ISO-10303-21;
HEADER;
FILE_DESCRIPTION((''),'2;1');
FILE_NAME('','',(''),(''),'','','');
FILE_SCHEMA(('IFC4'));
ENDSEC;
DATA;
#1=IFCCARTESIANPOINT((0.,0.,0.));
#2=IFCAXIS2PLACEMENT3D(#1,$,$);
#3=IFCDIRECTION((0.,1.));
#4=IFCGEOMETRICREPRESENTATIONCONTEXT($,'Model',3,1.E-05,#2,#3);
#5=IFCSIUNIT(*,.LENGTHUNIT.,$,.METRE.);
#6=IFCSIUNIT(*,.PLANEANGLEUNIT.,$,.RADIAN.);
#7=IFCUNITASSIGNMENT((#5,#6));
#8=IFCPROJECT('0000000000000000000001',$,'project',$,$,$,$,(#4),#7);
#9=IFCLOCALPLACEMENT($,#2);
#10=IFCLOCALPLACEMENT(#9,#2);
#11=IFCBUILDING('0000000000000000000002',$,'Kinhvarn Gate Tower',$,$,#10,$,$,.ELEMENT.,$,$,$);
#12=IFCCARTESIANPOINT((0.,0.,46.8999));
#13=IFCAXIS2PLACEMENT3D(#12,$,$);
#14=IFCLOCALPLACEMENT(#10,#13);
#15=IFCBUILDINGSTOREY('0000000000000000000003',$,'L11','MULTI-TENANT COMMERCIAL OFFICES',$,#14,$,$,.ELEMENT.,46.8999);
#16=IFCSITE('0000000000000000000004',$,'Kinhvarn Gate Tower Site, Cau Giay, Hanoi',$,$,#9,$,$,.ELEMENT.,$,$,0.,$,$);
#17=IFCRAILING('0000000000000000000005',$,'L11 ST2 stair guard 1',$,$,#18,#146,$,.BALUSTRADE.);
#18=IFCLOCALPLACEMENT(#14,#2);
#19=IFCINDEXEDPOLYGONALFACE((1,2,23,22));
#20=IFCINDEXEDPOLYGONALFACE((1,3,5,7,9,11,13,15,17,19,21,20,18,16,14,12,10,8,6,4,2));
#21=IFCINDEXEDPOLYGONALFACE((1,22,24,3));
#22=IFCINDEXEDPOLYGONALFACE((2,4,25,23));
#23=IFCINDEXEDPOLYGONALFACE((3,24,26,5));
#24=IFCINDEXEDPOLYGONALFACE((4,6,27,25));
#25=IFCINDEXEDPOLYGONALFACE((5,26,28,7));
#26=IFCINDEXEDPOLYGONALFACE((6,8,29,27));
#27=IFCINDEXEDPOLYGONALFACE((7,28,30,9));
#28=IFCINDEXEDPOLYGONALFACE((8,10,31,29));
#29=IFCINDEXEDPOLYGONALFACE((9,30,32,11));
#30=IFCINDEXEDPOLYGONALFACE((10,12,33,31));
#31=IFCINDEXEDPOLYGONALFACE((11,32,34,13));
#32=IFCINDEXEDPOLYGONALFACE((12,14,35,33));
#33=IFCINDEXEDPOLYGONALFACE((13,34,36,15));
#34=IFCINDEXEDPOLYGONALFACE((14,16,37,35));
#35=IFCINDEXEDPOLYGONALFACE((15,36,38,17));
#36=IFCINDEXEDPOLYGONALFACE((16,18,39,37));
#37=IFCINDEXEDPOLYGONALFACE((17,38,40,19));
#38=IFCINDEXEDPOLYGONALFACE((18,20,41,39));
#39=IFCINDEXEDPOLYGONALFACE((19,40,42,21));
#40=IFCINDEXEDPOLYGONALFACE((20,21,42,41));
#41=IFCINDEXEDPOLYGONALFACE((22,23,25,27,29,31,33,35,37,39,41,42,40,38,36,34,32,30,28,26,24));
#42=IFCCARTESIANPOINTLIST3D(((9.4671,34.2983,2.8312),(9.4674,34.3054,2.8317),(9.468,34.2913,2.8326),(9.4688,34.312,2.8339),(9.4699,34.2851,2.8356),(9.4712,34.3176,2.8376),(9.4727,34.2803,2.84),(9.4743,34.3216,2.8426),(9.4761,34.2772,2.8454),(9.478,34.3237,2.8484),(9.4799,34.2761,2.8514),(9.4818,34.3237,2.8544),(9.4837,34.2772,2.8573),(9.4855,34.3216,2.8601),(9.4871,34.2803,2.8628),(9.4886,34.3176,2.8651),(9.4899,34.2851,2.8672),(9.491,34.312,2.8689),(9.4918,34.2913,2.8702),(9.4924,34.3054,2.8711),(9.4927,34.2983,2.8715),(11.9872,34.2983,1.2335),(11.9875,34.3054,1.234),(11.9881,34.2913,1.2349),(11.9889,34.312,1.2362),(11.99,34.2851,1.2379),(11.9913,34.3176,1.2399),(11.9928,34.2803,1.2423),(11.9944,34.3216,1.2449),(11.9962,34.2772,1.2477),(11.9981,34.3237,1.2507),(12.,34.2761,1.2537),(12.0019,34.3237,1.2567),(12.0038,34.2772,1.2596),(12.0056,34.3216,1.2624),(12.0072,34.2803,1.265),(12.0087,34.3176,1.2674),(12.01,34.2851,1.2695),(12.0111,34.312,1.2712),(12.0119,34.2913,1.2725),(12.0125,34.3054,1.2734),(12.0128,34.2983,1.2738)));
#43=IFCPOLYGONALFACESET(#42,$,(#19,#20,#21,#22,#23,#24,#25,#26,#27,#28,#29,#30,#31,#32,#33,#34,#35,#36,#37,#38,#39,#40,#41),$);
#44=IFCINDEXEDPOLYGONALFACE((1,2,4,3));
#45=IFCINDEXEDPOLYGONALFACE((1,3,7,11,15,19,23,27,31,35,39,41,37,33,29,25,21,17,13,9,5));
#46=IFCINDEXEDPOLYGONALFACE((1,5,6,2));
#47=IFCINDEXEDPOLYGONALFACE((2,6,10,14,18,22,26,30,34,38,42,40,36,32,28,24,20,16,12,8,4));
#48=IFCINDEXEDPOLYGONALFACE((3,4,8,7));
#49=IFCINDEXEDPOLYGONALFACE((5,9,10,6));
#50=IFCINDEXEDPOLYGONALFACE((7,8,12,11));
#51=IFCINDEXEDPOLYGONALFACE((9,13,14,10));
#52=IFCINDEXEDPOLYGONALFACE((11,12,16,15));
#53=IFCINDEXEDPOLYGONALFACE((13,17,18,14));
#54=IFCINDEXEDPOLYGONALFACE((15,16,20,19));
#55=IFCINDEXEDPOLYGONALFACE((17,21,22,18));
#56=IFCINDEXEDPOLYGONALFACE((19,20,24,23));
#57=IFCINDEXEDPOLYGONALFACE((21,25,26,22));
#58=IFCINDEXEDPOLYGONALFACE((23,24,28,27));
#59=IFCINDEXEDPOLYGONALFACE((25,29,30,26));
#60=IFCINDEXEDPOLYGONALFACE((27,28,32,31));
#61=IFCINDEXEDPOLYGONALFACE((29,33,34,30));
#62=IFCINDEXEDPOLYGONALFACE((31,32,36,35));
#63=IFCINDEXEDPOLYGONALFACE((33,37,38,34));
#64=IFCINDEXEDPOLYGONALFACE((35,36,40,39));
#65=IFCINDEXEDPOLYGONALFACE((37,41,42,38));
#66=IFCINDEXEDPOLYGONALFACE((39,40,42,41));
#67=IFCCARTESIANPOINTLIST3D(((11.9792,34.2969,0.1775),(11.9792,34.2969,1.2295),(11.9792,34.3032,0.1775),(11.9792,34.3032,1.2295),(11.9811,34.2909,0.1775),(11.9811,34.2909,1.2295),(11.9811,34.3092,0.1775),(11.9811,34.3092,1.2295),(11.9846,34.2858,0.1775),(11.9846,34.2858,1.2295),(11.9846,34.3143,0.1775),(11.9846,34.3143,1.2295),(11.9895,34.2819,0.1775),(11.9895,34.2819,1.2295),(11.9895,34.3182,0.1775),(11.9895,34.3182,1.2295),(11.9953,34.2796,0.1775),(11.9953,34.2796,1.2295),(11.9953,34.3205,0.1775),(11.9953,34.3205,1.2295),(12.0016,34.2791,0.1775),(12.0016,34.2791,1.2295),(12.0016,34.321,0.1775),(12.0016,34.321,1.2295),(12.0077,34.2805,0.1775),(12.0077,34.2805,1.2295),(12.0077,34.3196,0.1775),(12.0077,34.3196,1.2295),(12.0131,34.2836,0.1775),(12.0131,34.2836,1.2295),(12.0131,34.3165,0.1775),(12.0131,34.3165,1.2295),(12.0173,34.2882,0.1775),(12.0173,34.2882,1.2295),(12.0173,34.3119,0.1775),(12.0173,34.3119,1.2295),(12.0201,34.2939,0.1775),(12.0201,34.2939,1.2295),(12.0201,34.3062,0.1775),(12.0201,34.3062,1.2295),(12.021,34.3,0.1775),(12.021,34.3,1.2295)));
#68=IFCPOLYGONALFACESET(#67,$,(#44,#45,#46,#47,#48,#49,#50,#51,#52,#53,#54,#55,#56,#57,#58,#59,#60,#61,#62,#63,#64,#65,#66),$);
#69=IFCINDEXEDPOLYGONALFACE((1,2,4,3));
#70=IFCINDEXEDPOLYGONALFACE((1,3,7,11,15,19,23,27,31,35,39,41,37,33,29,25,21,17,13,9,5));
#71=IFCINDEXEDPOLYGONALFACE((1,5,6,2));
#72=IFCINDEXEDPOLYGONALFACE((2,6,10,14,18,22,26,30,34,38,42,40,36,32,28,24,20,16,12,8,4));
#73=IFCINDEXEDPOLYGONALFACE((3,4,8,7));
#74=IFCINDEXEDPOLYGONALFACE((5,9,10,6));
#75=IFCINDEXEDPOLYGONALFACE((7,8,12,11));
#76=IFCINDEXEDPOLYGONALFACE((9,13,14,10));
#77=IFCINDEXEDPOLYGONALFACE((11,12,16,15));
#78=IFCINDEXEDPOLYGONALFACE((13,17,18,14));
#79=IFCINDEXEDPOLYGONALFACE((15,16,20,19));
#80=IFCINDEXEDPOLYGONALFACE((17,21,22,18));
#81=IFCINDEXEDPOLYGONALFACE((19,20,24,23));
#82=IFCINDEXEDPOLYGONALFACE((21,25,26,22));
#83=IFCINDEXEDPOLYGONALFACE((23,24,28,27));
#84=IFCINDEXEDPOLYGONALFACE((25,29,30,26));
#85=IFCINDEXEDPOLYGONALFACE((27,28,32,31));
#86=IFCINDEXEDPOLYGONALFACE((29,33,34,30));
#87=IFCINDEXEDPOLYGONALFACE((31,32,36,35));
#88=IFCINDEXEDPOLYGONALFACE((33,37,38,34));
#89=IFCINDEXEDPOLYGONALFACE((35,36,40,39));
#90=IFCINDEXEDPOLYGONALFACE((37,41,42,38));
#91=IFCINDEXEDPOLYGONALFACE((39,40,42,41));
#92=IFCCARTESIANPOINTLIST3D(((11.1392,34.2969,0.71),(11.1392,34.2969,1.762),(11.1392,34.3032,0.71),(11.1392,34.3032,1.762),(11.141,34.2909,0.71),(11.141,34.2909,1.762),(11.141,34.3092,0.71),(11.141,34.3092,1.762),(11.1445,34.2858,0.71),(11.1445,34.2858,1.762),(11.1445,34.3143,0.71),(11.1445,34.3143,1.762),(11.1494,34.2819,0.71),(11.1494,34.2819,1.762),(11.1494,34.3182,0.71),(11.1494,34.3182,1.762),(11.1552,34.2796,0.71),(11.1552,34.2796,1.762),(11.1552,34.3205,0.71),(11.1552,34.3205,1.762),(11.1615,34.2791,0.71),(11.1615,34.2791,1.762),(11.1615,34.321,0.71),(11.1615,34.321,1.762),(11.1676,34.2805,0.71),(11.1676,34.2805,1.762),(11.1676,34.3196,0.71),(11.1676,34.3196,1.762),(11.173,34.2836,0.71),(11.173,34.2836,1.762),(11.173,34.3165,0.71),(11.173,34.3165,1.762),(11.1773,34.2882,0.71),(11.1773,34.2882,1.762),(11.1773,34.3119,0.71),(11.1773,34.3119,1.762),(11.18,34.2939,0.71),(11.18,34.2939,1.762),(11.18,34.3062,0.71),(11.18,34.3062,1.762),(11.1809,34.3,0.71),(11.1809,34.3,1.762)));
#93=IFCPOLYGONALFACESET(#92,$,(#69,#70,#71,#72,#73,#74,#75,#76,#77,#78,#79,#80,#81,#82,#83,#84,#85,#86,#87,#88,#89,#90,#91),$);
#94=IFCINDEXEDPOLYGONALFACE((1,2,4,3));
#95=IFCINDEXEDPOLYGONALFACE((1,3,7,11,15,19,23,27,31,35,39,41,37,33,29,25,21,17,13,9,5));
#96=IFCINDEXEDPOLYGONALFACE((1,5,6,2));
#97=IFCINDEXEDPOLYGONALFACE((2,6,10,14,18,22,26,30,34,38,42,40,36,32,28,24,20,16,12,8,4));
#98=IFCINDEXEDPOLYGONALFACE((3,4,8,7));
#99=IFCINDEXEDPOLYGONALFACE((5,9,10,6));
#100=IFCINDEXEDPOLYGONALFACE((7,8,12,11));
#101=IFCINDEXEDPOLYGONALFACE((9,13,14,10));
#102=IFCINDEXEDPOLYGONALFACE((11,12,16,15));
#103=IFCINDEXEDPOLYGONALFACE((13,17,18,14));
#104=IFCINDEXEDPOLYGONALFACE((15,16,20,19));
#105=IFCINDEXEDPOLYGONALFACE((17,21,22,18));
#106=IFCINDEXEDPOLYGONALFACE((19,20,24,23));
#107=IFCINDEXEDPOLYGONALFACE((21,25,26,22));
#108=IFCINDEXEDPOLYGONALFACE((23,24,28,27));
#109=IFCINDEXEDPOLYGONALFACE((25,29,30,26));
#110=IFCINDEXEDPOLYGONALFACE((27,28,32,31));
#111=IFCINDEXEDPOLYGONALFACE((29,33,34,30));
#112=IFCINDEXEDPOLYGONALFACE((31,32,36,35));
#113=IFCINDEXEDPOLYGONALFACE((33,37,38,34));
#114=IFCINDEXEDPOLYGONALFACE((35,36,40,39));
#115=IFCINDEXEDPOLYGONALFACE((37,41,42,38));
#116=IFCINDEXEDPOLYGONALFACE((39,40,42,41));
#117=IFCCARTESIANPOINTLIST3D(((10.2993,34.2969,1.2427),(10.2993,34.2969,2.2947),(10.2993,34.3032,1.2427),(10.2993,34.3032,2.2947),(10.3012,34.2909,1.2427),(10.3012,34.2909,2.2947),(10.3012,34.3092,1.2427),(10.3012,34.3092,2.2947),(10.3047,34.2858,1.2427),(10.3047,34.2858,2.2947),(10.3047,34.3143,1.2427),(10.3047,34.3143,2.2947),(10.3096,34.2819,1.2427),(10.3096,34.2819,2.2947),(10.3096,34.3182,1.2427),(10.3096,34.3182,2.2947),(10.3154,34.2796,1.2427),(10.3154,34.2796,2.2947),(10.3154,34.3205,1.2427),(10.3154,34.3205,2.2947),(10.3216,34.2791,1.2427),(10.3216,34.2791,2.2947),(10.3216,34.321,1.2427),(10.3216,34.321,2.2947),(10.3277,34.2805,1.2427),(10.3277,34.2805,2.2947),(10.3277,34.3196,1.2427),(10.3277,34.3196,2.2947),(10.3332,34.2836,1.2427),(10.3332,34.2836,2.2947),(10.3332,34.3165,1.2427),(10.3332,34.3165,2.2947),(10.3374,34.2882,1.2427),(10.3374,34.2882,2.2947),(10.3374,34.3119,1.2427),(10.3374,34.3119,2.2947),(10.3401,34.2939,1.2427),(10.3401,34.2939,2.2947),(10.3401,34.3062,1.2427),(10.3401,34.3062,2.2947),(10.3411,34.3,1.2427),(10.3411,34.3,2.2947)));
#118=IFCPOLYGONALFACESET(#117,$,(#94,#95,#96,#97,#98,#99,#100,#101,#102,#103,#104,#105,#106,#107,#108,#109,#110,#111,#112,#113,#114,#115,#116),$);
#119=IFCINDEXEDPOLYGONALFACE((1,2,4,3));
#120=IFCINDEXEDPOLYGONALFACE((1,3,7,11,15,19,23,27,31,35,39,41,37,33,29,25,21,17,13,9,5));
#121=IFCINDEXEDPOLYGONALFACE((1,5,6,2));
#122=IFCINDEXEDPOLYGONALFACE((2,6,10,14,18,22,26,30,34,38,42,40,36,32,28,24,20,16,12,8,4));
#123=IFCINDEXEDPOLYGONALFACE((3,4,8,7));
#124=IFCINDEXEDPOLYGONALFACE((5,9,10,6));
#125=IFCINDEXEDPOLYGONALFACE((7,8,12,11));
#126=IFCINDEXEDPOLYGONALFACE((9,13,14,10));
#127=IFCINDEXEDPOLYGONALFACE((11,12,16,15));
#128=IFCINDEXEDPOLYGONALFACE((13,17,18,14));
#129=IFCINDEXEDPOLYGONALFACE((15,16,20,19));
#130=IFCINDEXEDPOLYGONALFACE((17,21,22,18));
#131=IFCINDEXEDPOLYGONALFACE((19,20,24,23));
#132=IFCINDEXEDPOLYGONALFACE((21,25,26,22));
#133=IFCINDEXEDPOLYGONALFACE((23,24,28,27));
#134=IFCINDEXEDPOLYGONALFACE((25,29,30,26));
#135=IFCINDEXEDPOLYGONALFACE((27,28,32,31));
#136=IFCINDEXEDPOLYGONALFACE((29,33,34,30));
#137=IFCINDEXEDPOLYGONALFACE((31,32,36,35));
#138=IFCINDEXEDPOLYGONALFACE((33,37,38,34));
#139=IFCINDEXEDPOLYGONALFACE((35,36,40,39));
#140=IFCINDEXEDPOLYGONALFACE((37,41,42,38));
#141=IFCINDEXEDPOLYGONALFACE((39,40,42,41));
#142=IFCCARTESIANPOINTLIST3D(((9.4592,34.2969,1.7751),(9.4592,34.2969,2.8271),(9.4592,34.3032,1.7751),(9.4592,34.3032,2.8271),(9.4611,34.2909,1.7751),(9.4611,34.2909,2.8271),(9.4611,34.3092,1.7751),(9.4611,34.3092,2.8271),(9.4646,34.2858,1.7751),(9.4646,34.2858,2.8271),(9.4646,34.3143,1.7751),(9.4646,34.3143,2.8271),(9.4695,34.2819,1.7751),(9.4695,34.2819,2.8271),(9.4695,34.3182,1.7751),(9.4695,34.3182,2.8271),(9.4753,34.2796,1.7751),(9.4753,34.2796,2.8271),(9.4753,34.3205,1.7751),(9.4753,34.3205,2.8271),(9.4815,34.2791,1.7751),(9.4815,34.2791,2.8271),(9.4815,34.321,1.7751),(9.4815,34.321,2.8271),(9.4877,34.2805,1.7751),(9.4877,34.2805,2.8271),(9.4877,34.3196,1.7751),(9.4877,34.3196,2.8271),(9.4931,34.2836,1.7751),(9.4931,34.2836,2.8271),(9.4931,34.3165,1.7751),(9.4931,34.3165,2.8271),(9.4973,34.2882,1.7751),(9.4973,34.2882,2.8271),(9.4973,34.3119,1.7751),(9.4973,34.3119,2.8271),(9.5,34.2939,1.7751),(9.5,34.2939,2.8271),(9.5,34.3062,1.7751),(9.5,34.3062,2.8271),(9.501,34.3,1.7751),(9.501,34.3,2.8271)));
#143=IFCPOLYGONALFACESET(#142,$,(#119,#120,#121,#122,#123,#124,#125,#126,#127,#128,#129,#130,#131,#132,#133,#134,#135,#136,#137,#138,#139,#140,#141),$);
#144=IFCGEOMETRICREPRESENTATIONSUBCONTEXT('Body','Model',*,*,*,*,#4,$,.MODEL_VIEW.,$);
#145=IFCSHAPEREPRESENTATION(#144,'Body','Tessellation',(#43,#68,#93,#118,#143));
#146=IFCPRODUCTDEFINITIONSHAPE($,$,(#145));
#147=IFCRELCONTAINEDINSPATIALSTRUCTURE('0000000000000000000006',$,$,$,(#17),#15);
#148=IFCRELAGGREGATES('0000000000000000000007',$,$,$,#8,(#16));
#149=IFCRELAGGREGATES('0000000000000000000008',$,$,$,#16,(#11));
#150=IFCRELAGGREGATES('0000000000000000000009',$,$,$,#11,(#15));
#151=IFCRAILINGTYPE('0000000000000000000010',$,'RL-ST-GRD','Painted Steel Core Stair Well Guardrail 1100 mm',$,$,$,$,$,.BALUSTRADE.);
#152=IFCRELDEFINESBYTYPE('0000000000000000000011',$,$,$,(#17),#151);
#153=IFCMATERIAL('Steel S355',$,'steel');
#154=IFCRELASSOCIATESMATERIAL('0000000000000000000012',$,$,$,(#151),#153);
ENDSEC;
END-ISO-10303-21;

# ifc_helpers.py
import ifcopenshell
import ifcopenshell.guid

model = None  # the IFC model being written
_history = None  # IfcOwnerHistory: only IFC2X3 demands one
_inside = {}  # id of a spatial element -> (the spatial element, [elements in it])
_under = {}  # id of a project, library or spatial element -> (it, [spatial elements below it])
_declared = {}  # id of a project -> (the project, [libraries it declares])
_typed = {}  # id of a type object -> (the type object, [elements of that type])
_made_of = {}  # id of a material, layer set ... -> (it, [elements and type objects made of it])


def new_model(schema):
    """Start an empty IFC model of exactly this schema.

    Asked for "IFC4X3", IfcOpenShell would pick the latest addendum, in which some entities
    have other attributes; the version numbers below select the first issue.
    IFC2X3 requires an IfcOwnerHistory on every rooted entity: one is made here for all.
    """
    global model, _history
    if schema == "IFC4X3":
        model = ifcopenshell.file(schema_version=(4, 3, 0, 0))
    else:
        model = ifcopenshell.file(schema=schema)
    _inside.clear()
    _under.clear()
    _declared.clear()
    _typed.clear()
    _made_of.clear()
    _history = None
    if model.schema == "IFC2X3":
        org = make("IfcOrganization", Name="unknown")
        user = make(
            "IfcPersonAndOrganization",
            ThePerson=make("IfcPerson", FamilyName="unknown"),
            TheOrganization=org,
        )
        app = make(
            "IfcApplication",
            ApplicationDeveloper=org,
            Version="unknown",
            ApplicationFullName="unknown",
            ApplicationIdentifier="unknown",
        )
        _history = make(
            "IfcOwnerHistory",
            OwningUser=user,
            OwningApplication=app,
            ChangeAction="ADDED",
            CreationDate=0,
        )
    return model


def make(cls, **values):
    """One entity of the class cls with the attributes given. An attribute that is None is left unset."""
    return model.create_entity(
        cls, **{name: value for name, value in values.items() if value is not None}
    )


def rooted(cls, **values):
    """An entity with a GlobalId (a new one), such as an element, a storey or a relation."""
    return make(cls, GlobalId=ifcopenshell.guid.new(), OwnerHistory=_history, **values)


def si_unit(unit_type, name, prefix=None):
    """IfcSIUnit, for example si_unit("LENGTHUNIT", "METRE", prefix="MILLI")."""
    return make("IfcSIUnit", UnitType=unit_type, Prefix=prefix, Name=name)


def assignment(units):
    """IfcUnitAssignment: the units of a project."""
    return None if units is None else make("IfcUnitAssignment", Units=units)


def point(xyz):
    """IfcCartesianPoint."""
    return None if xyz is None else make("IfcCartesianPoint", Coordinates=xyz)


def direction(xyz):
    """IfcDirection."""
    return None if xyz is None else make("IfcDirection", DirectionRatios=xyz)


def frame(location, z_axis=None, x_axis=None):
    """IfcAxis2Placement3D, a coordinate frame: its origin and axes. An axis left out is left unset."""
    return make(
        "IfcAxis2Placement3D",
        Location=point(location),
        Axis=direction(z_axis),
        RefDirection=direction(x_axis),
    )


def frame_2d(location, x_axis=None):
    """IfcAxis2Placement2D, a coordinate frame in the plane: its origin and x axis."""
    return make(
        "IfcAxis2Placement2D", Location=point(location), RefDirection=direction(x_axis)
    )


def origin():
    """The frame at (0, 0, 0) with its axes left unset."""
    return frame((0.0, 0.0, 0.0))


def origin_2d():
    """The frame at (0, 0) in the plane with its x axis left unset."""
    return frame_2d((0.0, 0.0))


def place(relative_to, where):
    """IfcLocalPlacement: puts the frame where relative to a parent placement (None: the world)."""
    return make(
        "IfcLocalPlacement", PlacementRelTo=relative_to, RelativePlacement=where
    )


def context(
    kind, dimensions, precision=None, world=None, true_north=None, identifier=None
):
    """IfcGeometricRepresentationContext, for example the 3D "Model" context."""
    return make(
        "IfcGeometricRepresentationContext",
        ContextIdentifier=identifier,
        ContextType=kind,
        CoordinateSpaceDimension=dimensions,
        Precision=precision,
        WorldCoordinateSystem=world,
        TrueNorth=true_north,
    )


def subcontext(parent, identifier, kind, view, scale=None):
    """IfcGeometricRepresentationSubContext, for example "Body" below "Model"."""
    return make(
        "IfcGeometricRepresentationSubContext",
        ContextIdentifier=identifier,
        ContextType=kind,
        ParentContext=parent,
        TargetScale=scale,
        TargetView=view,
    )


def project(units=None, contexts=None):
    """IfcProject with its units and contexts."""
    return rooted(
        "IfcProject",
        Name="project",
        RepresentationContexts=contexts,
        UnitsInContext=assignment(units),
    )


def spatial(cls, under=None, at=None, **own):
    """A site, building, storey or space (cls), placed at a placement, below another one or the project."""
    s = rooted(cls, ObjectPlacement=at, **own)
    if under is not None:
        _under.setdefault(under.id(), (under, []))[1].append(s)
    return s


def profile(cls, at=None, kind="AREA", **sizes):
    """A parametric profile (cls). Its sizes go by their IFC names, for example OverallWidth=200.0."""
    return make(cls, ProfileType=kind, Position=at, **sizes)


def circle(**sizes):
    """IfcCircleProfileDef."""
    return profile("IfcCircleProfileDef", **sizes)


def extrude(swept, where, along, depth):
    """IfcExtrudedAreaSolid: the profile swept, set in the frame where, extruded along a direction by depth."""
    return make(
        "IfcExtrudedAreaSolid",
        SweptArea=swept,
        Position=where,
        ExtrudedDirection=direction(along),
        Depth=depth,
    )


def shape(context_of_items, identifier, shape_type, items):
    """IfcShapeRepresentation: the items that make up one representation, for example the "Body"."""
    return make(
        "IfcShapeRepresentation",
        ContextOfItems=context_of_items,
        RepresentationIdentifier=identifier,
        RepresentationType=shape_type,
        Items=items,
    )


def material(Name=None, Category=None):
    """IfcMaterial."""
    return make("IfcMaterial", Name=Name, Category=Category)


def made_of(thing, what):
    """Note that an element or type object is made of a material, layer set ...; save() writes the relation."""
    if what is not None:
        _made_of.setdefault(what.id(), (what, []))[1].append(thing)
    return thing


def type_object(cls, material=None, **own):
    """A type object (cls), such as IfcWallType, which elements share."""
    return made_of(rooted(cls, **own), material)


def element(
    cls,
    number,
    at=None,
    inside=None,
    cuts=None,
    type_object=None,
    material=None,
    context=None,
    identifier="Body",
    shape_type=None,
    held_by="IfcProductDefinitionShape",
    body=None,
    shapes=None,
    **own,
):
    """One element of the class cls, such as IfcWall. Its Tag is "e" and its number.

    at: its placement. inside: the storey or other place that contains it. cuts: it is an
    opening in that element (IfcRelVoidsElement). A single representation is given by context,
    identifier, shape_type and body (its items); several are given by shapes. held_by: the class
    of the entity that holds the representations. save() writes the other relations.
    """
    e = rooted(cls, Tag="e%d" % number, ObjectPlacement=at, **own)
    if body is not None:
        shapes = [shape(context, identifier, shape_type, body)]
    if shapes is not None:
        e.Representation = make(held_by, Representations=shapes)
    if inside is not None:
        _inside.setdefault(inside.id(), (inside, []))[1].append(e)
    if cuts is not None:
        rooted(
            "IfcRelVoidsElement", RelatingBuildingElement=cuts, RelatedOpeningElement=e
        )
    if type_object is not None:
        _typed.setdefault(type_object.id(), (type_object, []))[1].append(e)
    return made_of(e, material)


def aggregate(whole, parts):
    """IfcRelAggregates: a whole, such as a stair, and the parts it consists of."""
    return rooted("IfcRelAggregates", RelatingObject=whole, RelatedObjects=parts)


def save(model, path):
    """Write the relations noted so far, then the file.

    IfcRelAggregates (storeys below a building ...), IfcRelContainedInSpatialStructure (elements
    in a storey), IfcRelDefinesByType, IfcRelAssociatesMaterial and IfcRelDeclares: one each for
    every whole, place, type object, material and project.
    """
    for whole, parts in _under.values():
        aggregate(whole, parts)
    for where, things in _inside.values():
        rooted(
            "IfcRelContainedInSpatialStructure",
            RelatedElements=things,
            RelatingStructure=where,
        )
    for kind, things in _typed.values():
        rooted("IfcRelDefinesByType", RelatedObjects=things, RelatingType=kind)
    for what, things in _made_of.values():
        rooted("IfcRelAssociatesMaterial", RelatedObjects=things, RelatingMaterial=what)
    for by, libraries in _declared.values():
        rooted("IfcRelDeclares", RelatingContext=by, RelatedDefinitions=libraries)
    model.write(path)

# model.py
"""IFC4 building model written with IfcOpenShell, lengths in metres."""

from ifc_helpers import new_model, si_unit, direction, frame, origin, origin_2d, place, context, subcontext, project, spatial, circle, extrude, material, type_object, element, save


model = new_model("IFC4")

# Units and contexts
model_context = context("Model", 3, precision=1e-05, world=origin(), true_north=direction((0.0, 1.0)))
body_context = subcontext(model_context, "Body", "Model", "MODEL_VIEW")
ifc_project = project(units=[si_unit("LENGTHUNIT", "METRE"), si_unit("PLANEANGLEUNIT", "RADIAN")], contexts=[model_context])

# Site, building, storey
site_placement = place(None, origin())
site = spatial("IfcSite", under=ifc_project, at=site_placement, Name="Kinhvarn Gate Tower Site, Cau Giay, Hanoi", CompositionType="ELEMENT", RefElevation=0.0)
building_placement = place(site_placement, origin())
building = spatial("IfcBuilding", under=site, at=building_placement, Name="Kinhvarn Gate Tower", CompositionType="ELEMENT")
storey_placement = place(building_placement, frame((0.0, 0.0, 46.8999)))
storey = spatial("IfcBuildingStorey", under=building, at=storey_placement, Name="L11", Description="MULTI-TENANT COMMERCIAL OFFICES", CompositionType="ELEMENT", Elevation=46.8999)

# Railing
ifc_material_1 = material(Name="Steel S355", Category="steel")
railing_type_1 = type_object("IfcRailingType", Name="RL-ST-GRD", Description="Painted Steel Core Stair Well Guardrail 1100 mm", PredefinedType="BALUSTRADE", material=ifc_material_1)
railing_1_placement = place(storey_placement, frame((12.0, 34.3, 0.1775)))
element("IfcRailing", 1, at=railing_1_placement, inside=storey, type_object=railing_type_1, Name="L11 ST2 stair guard 1", PredefinedType="BALUSTRADE", context=body_context, shape_type="SweptSolid", body=[
    extrude(circle(Radius=0.0239, at=origin_2d()), frame((0.0, 0.0, 1.0762), z_axis=(-0.84457, 0.0, 0.535445), x_axis=(0.0, -1.0, 0.0)), (0.0, 0.0, 1.0), 2.9839),
    extrude(circle(Radius=0.021, at=origin_2d()), origin(), (0.0, 0.0, 1.0), 1.052),
    extrude(circle(Radius=0.021, at=origin_2d()), frame((-0.8401, 0.0, 0.5325)), (0.0, 0.0, 1.0), 1.052),
    extrude(circle(Radius=0.021, at=origin_2d()), frame((-1.6799, 0.0, 1.0652)), (0.0, 0.0, 1.0), 1.052),
    extrude(circle(Radius=0.021, at=origin_2d()), frame((-2.52, 0.0, 1.5977)), (0.0, 0.0, 1.0), 1.052),
])

save(model, "model.ifc")
